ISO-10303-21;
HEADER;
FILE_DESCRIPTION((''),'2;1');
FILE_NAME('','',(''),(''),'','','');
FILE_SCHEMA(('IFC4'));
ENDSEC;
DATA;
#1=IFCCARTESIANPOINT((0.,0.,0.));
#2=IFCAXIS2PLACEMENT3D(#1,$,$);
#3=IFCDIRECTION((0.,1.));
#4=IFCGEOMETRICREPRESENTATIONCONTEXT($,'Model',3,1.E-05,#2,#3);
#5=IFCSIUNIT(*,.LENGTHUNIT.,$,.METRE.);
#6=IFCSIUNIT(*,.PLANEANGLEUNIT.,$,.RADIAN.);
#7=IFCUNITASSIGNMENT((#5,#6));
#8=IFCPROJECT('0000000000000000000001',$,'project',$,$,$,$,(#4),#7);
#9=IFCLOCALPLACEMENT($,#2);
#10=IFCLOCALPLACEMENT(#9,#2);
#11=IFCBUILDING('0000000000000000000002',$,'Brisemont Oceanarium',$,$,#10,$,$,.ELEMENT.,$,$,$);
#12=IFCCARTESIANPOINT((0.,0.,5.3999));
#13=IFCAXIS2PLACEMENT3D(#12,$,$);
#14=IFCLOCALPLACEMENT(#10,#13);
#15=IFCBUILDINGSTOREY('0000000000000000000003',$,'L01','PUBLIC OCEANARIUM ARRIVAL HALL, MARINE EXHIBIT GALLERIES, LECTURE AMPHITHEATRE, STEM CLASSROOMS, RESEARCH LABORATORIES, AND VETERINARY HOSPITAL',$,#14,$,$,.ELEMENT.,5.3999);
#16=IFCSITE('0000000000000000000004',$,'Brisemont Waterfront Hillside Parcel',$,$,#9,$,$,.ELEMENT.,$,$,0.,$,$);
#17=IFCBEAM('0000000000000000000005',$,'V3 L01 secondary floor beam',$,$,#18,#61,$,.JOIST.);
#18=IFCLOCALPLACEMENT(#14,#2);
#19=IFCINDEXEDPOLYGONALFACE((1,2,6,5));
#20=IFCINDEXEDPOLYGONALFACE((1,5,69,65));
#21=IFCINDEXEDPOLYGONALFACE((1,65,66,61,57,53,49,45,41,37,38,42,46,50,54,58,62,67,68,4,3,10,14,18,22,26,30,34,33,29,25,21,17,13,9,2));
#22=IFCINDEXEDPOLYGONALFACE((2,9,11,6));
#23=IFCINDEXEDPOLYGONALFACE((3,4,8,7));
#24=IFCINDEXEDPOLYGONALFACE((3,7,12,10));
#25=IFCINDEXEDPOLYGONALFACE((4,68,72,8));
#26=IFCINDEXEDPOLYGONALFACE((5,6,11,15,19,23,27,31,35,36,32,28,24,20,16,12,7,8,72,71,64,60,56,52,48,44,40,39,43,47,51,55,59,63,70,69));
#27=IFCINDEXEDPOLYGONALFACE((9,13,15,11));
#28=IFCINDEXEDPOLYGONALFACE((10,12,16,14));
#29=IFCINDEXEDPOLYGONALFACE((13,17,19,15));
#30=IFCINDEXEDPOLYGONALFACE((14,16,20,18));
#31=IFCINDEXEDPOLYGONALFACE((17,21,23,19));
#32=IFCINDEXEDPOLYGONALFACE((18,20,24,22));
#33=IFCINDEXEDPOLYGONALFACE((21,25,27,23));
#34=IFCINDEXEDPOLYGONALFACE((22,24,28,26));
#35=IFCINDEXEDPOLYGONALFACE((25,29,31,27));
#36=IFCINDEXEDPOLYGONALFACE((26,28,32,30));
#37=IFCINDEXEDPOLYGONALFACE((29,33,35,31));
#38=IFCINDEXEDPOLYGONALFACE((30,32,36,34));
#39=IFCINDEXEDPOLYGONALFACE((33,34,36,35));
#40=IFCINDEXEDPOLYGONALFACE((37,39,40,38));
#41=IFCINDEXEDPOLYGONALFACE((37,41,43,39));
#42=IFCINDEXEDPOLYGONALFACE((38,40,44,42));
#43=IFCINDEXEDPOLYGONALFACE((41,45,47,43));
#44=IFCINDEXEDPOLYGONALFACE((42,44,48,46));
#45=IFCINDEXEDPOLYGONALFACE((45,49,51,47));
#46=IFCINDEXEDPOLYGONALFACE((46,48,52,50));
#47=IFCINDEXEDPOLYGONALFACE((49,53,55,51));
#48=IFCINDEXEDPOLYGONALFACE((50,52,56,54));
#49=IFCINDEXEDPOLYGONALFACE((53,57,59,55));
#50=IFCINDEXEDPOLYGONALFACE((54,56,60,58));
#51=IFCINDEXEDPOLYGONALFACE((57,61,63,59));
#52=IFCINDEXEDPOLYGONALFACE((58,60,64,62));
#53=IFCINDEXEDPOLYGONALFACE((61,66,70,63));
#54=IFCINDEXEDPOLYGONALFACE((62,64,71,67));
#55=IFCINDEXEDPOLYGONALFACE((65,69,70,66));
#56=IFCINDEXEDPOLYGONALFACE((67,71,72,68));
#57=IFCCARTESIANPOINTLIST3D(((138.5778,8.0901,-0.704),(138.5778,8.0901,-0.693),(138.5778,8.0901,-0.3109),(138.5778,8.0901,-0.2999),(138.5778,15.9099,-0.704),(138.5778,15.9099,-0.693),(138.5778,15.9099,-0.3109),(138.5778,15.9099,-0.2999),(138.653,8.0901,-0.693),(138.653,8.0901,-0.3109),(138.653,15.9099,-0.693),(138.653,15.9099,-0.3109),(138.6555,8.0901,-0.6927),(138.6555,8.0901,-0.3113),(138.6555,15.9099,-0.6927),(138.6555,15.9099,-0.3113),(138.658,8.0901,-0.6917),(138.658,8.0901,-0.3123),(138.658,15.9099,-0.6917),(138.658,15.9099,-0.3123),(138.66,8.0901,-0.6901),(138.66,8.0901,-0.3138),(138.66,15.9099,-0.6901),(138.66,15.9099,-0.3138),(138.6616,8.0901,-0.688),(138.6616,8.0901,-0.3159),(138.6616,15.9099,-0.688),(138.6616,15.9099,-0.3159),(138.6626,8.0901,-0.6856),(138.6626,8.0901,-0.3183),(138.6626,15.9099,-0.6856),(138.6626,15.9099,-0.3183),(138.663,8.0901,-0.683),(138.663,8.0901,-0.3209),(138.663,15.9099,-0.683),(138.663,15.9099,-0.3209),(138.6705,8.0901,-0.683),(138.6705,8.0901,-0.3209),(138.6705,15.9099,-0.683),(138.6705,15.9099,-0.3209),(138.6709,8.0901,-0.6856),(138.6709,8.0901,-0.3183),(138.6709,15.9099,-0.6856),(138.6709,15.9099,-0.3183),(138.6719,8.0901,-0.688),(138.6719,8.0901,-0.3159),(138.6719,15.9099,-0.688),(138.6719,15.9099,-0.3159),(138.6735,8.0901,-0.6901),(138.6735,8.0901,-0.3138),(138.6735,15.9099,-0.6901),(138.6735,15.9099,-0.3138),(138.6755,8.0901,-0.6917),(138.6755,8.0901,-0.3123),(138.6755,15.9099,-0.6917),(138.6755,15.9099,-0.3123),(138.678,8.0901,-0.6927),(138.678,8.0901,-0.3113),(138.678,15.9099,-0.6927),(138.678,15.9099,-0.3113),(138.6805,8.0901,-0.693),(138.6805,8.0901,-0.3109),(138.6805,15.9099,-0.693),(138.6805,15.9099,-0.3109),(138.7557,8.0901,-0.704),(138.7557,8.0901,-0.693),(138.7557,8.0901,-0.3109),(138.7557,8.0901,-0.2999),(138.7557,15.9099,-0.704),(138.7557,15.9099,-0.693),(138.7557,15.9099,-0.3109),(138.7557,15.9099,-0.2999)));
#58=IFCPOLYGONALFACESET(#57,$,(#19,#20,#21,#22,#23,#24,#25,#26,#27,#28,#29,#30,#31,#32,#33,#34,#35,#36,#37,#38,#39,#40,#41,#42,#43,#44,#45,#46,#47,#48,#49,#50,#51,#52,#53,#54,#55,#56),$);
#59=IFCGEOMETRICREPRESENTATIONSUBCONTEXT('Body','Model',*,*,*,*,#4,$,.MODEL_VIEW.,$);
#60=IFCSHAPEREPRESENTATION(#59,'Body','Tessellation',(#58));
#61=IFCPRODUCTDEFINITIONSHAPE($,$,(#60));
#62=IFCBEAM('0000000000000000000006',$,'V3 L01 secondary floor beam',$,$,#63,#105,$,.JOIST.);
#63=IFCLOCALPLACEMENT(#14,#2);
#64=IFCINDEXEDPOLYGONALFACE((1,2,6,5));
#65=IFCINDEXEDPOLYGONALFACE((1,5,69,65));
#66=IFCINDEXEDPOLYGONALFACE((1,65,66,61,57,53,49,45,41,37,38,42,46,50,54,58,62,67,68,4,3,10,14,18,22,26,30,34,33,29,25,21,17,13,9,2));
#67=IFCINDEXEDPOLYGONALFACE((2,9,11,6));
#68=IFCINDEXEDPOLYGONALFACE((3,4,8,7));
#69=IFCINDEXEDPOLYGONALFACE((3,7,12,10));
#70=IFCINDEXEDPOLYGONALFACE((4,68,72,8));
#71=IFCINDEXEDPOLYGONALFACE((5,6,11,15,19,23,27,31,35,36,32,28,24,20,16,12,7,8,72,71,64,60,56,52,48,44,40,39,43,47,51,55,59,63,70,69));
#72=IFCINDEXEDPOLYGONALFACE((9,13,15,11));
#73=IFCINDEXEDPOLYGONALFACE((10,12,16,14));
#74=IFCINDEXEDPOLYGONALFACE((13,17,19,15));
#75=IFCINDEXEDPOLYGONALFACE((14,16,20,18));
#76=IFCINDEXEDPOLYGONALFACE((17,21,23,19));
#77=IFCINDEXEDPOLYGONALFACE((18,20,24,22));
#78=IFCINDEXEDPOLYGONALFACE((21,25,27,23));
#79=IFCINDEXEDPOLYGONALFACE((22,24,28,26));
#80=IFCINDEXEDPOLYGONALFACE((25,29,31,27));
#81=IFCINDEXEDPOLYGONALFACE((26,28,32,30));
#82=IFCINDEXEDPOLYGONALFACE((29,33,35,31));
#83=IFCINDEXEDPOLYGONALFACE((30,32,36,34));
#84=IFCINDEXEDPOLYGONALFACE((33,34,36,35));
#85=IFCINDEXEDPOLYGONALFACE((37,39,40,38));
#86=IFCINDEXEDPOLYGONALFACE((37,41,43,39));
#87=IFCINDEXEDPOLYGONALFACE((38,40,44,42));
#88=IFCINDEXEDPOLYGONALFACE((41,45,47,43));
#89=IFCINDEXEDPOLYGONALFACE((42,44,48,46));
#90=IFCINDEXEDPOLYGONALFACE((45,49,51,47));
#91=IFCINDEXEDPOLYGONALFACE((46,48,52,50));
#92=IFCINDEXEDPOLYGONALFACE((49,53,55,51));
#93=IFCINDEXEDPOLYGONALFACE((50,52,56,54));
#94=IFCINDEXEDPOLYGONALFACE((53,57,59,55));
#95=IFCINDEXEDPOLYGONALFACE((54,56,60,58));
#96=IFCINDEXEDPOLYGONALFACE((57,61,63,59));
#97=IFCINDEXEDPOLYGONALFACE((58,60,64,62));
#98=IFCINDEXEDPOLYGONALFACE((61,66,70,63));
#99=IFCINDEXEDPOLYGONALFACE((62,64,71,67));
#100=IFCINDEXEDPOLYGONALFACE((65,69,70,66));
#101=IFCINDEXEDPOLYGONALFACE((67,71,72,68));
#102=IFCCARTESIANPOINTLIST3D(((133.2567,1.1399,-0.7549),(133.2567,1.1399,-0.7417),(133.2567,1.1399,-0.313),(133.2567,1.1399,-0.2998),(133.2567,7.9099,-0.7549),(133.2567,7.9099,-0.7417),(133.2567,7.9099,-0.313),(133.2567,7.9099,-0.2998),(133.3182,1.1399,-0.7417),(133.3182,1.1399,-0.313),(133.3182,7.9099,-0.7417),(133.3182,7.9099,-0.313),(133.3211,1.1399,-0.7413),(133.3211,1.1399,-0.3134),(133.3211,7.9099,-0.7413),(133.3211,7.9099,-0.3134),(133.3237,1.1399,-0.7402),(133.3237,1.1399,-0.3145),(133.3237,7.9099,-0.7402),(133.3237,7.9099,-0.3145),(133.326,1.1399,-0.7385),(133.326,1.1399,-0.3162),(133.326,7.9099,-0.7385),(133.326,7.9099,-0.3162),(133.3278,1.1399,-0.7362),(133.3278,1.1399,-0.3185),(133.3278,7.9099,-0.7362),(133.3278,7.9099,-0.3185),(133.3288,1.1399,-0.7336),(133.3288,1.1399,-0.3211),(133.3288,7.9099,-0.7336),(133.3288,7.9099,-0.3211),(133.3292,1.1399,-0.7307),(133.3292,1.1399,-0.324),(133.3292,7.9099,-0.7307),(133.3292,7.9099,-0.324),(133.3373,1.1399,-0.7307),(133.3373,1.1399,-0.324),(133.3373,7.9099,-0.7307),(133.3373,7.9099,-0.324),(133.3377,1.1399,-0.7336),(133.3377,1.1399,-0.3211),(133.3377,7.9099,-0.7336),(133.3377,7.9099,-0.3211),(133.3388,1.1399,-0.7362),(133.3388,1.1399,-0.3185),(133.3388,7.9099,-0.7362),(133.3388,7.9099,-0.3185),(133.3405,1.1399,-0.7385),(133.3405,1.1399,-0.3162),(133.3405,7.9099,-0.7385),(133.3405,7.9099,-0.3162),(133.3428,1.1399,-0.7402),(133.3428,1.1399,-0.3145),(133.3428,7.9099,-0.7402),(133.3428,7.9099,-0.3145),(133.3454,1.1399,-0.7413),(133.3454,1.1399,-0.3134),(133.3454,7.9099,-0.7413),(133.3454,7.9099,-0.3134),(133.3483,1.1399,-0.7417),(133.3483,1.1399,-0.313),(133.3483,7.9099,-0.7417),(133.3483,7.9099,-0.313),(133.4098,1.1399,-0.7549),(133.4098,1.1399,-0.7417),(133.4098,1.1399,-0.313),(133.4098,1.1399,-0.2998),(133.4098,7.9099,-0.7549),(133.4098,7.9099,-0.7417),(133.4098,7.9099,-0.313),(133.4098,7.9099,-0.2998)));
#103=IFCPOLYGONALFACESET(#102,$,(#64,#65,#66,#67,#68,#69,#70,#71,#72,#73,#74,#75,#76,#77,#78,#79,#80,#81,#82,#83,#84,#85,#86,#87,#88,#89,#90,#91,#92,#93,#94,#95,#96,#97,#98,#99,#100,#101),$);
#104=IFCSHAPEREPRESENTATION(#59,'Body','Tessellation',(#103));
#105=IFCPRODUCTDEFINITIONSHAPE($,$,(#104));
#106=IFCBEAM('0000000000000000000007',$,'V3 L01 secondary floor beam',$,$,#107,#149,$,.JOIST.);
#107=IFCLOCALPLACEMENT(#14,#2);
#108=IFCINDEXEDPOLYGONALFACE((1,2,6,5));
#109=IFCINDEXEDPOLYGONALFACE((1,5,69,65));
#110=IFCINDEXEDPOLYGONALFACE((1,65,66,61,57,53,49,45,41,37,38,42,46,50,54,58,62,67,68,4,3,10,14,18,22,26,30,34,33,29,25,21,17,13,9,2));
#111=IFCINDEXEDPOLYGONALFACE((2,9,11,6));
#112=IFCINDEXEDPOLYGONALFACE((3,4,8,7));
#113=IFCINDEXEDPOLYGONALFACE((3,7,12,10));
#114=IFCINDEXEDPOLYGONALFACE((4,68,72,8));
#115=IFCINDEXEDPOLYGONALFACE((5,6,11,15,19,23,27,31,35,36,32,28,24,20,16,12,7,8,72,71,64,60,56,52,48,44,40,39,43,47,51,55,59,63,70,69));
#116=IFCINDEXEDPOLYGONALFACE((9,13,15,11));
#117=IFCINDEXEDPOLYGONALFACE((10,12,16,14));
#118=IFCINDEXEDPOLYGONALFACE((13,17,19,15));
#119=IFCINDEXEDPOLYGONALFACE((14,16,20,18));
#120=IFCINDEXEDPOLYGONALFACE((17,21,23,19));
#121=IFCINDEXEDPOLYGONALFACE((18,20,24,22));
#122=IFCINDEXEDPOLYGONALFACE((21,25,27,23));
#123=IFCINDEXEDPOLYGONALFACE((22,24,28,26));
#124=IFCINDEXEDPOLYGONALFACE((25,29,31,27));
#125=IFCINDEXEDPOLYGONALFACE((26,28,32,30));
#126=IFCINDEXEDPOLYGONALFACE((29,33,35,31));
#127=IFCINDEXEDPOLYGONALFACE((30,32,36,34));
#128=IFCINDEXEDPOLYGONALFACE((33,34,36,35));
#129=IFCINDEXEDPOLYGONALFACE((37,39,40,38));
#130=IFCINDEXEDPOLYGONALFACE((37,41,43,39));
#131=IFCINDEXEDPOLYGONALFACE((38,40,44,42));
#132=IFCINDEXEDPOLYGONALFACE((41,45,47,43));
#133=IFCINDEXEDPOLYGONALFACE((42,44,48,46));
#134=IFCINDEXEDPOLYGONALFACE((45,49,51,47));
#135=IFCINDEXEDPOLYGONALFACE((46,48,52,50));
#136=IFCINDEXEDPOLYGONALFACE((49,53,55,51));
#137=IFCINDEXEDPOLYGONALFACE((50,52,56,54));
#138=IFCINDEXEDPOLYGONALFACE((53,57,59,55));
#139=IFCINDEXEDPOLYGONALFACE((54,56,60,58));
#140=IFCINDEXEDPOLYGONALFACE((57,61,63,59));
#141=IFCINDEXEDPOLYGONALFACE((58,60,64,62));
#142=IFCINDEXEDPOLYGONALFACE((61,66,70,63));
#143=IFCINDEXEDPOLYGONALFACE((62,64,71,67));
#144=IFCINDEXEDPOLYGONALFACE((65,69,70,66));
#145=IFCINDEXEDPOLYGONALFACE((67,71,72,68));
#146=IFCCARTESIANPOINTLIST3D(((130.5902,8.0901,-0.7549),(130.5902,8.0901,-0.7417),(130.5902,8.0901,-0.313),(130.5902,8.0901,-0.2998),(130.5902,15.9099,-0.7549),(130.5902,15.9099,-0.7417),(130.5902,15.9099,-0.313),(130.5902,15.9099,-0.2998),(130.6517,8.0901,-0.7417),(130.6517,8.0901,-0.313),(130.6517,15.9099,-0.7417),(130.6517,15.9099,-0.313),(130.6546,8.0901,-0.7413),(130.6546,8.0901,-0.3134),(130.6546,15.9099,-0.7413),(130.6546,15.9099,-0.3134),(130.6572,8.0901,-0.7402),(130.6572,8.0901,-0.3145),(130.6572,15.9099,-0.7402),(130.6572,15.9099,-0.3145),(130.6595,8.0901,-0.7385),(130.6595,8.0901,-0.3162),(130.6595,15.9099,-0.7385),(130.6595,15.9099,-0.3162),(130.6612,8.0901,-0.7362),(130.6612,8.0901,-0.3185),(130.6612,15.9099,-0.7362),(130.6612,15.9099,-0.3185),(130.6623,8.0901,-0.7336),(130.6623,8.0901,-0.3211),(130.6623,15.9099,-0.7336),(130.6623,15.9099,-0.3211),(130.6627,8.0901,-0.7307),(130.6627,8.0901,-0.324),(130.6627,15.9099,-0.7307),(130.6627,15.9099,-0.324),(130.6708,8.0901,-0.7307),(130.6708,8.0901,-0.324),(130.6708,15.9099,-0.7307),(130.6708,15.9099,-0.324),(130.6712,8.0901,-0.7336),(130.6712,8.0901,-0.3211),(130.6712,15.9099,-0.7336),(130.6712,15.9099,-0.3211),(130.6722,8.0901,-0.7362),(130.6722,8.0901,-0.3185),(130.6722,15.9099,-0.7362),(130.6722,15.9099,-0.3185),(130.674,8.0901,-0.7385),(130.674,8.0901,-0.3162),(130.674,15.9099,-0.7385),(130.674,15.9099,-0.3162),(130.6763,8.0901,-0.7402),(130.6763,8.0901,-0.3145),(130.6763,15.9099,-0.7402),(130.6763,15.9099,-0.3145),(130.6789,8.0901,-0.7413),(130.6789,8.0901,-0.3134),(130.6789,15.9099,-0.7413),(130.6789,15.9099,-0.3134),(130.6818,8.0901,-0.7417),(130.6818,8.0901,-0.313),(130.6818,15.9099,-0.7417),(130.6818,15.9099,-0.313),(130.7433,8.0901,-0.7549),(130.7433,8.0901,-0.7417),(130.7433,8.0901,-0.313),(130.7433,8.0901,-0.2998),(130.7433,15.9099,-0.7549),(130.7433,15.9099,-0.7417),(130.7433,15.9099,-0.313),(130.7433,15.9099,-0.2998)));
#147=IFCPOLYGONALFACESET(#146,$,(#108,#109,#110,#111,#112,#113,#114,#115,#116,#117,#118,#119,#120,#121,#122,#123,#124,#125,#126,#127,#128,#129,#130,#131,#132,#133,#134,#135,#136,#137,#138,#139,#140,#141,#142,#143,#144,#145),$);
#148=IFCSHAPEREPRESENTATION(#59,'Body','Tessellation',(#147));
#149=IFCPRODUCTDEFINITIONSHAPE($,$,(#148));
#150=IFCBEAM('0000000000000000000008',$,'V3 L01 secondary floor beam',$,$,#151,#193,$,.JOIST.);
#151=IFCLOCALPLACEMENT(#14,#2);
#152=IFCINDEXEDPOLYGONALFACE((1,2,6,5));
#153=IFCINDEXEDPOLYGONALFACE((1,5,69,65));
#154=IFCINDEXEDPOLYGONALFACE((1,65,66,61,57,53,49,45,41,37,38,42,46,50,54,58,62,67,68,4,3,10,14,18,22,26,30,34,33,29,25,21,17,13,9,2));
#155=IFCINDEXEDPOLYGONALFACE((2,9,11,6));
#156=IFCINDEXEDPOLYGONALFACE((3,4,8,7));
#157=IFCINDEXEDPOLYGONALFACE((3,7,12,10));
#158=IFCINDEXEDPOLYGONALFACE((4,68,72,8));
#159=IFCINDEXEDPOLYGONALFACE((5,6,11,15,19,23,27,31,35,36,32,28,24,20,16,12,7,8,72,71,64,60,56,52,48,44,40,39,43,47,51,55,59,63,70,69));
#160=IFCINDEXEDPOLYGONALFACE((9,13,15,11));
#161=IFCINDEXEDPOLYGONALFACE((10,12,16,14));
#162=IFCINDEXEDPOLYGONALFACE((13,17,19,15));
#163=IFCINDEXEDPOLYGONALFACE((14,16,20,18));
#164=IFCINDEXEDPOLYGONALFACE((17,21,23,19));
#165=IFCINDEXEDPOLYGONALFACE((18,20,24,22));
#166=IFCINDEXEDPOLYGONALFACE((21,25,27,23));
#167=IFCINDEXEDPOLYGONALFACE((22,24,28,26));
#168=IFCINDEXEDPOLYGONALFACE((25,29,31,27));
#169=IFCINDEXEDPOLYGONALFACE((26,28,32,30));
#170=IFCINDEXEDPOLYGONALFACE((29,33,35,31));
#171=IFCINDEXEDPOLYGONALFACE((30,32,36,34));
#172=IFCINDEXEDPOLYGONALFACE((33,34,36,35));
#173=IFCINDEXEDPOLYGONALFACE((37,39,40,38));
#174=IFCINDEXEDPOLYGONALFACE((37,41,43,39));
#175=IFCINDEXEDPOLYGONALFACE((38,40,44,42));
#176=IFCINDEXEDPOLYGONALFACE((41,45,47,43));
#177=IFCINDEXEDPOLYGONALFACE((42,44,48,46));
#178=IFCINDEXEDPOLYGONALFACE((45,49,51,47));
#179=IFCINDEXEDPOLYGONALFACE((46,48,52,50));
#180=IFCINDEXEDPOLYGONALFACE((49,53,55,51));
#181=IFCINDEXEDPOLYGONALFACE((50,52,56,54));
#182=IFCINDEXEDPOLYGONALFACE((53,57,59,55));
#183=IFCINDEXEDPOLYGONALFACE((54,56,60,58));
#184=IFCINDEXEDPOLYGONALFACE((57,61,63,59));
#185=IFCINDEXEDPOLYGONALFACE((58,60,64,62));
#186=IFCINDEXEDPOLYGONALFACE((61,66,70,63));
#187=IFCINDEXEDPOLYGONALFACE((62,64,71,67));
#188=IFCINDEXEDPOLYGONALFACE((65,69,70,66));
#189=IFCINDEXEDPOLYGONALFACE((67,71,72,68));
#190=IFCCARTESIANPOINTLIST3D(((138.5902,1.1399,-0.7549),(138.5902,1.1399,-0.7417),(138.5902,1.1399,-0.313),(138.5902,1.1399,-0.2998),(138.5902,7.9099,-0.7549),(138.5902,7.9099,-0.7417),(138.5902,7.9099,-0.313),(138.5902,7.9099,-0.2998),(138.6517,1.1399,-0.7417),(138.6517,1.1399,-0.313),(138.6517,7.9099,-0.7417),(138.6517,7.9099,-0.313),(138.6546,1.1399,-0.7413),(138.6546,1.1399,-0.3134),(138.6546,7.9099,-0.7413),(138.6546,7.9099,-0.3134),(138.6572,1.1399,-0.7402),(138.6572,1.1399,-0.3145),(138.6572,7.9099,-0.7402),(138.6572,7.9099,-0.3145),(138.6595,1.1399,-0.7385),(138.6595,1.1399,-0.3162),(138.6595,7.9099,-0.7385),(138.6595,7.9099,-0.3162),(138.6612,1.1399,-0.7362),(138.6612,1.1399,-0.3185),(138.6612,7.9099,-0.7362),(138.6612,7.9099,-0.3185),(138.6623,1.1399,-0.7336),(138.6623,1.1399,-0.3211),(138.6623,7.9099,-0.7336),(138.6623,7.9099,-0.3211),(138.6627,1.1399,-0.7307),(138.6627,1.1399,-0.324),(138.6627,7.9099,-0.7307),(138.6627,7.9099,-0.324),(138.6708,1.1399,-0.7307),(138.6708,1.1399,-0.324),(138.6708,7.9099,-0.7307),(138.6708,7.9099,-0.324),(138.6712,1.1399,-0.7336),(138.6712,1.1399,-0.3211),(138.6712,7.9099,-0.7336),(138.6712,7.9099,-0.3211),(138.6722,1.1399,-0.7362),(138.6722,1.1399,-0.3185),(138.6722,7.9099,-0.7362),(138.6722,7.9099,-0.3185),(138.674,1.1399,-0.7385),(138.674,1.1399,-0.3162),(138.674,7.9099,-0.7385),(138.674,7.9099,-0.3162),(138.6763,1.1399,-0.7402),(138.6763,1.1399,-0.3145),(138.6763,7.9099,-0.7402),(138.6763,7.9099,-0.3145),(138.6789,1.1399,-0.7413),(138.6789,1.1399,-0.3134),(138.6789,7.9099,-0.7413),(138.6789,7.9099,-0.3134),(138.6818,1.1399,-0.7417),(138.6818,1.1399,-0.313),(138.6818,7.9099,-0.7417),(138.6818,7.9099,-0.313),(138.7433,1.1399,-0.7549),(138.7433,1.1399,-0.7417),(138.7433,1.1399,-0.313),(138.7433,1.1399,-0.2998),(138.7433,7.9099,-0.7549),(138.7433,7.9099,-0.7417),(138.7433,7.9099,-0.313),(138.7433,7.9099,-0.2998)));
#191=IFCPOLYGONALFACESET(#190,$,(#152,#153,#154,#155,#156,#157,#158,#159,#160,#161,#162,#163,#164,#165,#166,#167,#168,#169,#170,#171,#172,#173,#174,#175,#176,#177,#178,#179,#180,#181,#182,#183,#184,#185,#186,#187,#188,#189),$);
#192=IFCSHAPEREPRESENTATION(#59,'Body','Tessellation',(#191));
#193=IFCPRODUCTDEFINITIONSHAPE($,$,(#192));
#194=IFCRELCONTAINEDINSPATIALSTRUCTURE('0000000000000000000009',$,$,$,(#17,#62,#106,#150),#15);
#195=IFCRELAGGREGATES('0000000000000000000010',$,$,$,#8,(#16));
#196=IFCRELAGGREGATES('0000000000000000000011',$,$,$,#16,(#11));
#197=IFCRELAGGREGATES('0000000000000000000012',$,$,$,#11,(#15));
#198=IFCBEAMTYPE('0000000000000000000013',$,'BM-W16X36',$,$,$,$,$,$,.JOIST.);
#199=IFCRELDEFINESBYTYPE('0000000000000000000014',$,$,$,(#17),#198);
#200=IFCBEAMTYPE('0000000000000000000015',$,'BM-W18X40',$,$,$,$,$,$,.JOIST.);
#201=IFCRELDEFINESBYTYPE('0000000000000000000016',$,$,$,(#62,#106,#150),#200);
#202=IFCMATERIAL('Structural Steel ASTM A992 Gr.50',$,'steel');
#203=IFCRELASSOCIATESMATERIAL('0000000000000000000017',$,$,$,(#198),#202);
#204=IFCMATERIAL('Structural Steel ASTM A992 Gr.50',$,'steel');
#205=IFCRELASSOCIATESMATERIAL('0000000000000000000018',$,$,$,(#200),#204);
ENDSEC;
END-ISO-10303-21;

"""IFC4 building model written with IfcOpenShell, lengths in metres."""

from ifc_helpers import new_model, si_unit, direction, frame, origin, origin_2d, place, context, subcontext, project, spatial, i_section, extrude, material, material_profile, profile_set, type_object, element, save


model = new_model("IFC4")

# Units and contexts
model_context = context("Model", 3, precision=1e-05, world=origin(), true_north=direction((0.0, 1.0)))
body_context = subcontext(model_context, "Body", "Model", "MODEL_VIEW")
ifc_project = project(units=[si_unit("LENGTHUNIT", "METRE"), si_unit("PLANEANGLEUNIT", "RADIAN")], contexts=[model_context])

# Site, building, storey
site_placement = place(None, origin())
site = spatial("IfcSite", under=ifc_project, at=site_placement, Name="Brisemont Waterfront Hillside Parcel", CompositionType="ELEMENT", RefElevation=0.0)
building_placement = place(site_placement, origin())
building = spatial("IfcBuilding", under=site, at=building_placement, Name="Brisemont Oceanarium", CompositionType="ELEMENT")
storey_placement = place(building_placement, frame((0.0, 0.0, 5.3999)))
storey = spatial("IfcBuildingStorey", under=building, at=storey_placement, Name="L01", Description="PUBLIC OCEANARIUM ARRIVAL HALL, MARINE EXHIBIT GALLERIES, LECTURE AMPHITHEATRE, STEM CLASSROOMS, RESEARCH LABORATORIES, AND VETERINARY HOSPITAL", CompositionType="ELEMENT", Elevation=5.3999)

# Beams
ifc_material_1 = material(Name="Structural Steel ASTM A992 Gr.50", Category="steel")
ifc_material_profile_1 = material_profile(ifc_material_1, i_section(OverallWidth=0.178, OverallDepth=0.4041, WebThickness=0.0076, FlangeThickness=0.011, FilletRadius=0.01, at=origin_2d()), Name="W16X36")
ifc_profile_set_1 = profile_set([ifc_material_profile_1], Name="Structural Steel ASTM A992 Gr.50")
beam_type_1 = type_object("IfcBeamType", Name="BM-W16X36", PredefinedType="JOIST", material=ifc_profile_set_1)
beam_1_placement = place(storey_placement, frame((138.6667, 8.0901, -0.502), z_axis=(0.0, 1.0, 0.0), x_axis=(-1.0, 0.0, 0.0)))
element("IfcBeam", 1, at=beam_1_placement, inside=storey, type_object=beam_type_1, Name="V3 L01 secondary floor beam", PredefinedType="JOIST", context=body_context, shape_type="SweptSolid", body=[
    extrude(i_section(OverallWidth=0.178, OverallDepth=0.4041, WebThickness=0.0076, FlangeThickness=0.011, FilletRadius=0.01, at=origin_2d()), origin(), (0.0, 0.0, 1.0), 7.8198),
])
ifc_material_2 = material(Name="Structural Steel ASTM A992 Gr.50", Category="steel")
ifc_material_profile_2 = material_profile(ifc_material_2, i_section(OverallWidth=0.1531, OverallDepth=0.4551, WebThickness=0.0081, FlangeThickness=0.0132, FilletRadius=0.011, at=origin_2d()), Name="W18X40")
ifc_profile_set_2 = profile_set([ifc_material_profile_2], Name="Structural Steel ASTM A992 Gr.50")
beam_type_2 = type_object("IfcBeamType", Name="BM-W18X40", PredefinedType="JOIST", material=ifc_profile_set_2)
beam_2_placement = place(storey_placement, frame((133.3333, 1.1399, -0.5273), z_axis=(0.0, 1.0, 0.0), x_axis=(-1.0, 0.0, 0.0)))
element("IfcBeam", 2, at=beam_2_placement, inside=storey, type_object=beam_type_2, Name="V3 L01 secondary floor beam", PredefinedType="JOIST", context=body_context, shape_type="SweptSolid", body=[
    extrude(i_section(OverallWidth=0.1531, OverallDepth=0.4551, WebThickness=0.0081, FlangeThickness=0.0132, FilletRadius=0.011, at=origin_2d()), origin(), (0.0, 0.0, 1.0), 6.77),
])
beam_3_placement = place(storey_placement, frame((130.6667, 8.0901, -0.5273), z_axis=(0.0, 1.0, 0.0), x_axis=(-1.0, 0.0, 0.0)))
element("IfcBeam", 3, at=beam_3_placement, inside=storey, type_object=beam_type_2, Name="V3 L01 secondary floor beam", PredefinedType="JOIST", context=body_context, shape_type="SweptSolid", body=[
    extrude(i_section(OverallWidth=0.1531, OverallDepth=0.4551, WebThickness=0.0081, FlangeThickness=0.0132, FilletRadius=0.011, at=origin_2d()), origin(), (0.0, 0.0, 1.0), 7.8198),
])
beam_4_placement = place(storey_placement, frame((138.6667, 1.1399, -0.5273), z_axis=(0.0, 1.0, 0.0), x_axis=(-1.0, 0.0, 0.0)))
element("IfcBeam", 4, at=beam_4_placement, inside=storey, type_object=beam_type_2, Name="V3 L01 secondary floor beam", PredefinedType="JOIST", context=body_context, shape_type="SweptSolid", body=[
    extrude(i_section(OverallWidth=0.1531, OverallDepth=0.4551, WebThickness=0.0081, FlangeThickness=0.0132, FilletRadius=0.011, at=origin_2d()), origin(), (0.0, 0.0, 1.0), 6.77),
])

save(model, "model.ifc")
